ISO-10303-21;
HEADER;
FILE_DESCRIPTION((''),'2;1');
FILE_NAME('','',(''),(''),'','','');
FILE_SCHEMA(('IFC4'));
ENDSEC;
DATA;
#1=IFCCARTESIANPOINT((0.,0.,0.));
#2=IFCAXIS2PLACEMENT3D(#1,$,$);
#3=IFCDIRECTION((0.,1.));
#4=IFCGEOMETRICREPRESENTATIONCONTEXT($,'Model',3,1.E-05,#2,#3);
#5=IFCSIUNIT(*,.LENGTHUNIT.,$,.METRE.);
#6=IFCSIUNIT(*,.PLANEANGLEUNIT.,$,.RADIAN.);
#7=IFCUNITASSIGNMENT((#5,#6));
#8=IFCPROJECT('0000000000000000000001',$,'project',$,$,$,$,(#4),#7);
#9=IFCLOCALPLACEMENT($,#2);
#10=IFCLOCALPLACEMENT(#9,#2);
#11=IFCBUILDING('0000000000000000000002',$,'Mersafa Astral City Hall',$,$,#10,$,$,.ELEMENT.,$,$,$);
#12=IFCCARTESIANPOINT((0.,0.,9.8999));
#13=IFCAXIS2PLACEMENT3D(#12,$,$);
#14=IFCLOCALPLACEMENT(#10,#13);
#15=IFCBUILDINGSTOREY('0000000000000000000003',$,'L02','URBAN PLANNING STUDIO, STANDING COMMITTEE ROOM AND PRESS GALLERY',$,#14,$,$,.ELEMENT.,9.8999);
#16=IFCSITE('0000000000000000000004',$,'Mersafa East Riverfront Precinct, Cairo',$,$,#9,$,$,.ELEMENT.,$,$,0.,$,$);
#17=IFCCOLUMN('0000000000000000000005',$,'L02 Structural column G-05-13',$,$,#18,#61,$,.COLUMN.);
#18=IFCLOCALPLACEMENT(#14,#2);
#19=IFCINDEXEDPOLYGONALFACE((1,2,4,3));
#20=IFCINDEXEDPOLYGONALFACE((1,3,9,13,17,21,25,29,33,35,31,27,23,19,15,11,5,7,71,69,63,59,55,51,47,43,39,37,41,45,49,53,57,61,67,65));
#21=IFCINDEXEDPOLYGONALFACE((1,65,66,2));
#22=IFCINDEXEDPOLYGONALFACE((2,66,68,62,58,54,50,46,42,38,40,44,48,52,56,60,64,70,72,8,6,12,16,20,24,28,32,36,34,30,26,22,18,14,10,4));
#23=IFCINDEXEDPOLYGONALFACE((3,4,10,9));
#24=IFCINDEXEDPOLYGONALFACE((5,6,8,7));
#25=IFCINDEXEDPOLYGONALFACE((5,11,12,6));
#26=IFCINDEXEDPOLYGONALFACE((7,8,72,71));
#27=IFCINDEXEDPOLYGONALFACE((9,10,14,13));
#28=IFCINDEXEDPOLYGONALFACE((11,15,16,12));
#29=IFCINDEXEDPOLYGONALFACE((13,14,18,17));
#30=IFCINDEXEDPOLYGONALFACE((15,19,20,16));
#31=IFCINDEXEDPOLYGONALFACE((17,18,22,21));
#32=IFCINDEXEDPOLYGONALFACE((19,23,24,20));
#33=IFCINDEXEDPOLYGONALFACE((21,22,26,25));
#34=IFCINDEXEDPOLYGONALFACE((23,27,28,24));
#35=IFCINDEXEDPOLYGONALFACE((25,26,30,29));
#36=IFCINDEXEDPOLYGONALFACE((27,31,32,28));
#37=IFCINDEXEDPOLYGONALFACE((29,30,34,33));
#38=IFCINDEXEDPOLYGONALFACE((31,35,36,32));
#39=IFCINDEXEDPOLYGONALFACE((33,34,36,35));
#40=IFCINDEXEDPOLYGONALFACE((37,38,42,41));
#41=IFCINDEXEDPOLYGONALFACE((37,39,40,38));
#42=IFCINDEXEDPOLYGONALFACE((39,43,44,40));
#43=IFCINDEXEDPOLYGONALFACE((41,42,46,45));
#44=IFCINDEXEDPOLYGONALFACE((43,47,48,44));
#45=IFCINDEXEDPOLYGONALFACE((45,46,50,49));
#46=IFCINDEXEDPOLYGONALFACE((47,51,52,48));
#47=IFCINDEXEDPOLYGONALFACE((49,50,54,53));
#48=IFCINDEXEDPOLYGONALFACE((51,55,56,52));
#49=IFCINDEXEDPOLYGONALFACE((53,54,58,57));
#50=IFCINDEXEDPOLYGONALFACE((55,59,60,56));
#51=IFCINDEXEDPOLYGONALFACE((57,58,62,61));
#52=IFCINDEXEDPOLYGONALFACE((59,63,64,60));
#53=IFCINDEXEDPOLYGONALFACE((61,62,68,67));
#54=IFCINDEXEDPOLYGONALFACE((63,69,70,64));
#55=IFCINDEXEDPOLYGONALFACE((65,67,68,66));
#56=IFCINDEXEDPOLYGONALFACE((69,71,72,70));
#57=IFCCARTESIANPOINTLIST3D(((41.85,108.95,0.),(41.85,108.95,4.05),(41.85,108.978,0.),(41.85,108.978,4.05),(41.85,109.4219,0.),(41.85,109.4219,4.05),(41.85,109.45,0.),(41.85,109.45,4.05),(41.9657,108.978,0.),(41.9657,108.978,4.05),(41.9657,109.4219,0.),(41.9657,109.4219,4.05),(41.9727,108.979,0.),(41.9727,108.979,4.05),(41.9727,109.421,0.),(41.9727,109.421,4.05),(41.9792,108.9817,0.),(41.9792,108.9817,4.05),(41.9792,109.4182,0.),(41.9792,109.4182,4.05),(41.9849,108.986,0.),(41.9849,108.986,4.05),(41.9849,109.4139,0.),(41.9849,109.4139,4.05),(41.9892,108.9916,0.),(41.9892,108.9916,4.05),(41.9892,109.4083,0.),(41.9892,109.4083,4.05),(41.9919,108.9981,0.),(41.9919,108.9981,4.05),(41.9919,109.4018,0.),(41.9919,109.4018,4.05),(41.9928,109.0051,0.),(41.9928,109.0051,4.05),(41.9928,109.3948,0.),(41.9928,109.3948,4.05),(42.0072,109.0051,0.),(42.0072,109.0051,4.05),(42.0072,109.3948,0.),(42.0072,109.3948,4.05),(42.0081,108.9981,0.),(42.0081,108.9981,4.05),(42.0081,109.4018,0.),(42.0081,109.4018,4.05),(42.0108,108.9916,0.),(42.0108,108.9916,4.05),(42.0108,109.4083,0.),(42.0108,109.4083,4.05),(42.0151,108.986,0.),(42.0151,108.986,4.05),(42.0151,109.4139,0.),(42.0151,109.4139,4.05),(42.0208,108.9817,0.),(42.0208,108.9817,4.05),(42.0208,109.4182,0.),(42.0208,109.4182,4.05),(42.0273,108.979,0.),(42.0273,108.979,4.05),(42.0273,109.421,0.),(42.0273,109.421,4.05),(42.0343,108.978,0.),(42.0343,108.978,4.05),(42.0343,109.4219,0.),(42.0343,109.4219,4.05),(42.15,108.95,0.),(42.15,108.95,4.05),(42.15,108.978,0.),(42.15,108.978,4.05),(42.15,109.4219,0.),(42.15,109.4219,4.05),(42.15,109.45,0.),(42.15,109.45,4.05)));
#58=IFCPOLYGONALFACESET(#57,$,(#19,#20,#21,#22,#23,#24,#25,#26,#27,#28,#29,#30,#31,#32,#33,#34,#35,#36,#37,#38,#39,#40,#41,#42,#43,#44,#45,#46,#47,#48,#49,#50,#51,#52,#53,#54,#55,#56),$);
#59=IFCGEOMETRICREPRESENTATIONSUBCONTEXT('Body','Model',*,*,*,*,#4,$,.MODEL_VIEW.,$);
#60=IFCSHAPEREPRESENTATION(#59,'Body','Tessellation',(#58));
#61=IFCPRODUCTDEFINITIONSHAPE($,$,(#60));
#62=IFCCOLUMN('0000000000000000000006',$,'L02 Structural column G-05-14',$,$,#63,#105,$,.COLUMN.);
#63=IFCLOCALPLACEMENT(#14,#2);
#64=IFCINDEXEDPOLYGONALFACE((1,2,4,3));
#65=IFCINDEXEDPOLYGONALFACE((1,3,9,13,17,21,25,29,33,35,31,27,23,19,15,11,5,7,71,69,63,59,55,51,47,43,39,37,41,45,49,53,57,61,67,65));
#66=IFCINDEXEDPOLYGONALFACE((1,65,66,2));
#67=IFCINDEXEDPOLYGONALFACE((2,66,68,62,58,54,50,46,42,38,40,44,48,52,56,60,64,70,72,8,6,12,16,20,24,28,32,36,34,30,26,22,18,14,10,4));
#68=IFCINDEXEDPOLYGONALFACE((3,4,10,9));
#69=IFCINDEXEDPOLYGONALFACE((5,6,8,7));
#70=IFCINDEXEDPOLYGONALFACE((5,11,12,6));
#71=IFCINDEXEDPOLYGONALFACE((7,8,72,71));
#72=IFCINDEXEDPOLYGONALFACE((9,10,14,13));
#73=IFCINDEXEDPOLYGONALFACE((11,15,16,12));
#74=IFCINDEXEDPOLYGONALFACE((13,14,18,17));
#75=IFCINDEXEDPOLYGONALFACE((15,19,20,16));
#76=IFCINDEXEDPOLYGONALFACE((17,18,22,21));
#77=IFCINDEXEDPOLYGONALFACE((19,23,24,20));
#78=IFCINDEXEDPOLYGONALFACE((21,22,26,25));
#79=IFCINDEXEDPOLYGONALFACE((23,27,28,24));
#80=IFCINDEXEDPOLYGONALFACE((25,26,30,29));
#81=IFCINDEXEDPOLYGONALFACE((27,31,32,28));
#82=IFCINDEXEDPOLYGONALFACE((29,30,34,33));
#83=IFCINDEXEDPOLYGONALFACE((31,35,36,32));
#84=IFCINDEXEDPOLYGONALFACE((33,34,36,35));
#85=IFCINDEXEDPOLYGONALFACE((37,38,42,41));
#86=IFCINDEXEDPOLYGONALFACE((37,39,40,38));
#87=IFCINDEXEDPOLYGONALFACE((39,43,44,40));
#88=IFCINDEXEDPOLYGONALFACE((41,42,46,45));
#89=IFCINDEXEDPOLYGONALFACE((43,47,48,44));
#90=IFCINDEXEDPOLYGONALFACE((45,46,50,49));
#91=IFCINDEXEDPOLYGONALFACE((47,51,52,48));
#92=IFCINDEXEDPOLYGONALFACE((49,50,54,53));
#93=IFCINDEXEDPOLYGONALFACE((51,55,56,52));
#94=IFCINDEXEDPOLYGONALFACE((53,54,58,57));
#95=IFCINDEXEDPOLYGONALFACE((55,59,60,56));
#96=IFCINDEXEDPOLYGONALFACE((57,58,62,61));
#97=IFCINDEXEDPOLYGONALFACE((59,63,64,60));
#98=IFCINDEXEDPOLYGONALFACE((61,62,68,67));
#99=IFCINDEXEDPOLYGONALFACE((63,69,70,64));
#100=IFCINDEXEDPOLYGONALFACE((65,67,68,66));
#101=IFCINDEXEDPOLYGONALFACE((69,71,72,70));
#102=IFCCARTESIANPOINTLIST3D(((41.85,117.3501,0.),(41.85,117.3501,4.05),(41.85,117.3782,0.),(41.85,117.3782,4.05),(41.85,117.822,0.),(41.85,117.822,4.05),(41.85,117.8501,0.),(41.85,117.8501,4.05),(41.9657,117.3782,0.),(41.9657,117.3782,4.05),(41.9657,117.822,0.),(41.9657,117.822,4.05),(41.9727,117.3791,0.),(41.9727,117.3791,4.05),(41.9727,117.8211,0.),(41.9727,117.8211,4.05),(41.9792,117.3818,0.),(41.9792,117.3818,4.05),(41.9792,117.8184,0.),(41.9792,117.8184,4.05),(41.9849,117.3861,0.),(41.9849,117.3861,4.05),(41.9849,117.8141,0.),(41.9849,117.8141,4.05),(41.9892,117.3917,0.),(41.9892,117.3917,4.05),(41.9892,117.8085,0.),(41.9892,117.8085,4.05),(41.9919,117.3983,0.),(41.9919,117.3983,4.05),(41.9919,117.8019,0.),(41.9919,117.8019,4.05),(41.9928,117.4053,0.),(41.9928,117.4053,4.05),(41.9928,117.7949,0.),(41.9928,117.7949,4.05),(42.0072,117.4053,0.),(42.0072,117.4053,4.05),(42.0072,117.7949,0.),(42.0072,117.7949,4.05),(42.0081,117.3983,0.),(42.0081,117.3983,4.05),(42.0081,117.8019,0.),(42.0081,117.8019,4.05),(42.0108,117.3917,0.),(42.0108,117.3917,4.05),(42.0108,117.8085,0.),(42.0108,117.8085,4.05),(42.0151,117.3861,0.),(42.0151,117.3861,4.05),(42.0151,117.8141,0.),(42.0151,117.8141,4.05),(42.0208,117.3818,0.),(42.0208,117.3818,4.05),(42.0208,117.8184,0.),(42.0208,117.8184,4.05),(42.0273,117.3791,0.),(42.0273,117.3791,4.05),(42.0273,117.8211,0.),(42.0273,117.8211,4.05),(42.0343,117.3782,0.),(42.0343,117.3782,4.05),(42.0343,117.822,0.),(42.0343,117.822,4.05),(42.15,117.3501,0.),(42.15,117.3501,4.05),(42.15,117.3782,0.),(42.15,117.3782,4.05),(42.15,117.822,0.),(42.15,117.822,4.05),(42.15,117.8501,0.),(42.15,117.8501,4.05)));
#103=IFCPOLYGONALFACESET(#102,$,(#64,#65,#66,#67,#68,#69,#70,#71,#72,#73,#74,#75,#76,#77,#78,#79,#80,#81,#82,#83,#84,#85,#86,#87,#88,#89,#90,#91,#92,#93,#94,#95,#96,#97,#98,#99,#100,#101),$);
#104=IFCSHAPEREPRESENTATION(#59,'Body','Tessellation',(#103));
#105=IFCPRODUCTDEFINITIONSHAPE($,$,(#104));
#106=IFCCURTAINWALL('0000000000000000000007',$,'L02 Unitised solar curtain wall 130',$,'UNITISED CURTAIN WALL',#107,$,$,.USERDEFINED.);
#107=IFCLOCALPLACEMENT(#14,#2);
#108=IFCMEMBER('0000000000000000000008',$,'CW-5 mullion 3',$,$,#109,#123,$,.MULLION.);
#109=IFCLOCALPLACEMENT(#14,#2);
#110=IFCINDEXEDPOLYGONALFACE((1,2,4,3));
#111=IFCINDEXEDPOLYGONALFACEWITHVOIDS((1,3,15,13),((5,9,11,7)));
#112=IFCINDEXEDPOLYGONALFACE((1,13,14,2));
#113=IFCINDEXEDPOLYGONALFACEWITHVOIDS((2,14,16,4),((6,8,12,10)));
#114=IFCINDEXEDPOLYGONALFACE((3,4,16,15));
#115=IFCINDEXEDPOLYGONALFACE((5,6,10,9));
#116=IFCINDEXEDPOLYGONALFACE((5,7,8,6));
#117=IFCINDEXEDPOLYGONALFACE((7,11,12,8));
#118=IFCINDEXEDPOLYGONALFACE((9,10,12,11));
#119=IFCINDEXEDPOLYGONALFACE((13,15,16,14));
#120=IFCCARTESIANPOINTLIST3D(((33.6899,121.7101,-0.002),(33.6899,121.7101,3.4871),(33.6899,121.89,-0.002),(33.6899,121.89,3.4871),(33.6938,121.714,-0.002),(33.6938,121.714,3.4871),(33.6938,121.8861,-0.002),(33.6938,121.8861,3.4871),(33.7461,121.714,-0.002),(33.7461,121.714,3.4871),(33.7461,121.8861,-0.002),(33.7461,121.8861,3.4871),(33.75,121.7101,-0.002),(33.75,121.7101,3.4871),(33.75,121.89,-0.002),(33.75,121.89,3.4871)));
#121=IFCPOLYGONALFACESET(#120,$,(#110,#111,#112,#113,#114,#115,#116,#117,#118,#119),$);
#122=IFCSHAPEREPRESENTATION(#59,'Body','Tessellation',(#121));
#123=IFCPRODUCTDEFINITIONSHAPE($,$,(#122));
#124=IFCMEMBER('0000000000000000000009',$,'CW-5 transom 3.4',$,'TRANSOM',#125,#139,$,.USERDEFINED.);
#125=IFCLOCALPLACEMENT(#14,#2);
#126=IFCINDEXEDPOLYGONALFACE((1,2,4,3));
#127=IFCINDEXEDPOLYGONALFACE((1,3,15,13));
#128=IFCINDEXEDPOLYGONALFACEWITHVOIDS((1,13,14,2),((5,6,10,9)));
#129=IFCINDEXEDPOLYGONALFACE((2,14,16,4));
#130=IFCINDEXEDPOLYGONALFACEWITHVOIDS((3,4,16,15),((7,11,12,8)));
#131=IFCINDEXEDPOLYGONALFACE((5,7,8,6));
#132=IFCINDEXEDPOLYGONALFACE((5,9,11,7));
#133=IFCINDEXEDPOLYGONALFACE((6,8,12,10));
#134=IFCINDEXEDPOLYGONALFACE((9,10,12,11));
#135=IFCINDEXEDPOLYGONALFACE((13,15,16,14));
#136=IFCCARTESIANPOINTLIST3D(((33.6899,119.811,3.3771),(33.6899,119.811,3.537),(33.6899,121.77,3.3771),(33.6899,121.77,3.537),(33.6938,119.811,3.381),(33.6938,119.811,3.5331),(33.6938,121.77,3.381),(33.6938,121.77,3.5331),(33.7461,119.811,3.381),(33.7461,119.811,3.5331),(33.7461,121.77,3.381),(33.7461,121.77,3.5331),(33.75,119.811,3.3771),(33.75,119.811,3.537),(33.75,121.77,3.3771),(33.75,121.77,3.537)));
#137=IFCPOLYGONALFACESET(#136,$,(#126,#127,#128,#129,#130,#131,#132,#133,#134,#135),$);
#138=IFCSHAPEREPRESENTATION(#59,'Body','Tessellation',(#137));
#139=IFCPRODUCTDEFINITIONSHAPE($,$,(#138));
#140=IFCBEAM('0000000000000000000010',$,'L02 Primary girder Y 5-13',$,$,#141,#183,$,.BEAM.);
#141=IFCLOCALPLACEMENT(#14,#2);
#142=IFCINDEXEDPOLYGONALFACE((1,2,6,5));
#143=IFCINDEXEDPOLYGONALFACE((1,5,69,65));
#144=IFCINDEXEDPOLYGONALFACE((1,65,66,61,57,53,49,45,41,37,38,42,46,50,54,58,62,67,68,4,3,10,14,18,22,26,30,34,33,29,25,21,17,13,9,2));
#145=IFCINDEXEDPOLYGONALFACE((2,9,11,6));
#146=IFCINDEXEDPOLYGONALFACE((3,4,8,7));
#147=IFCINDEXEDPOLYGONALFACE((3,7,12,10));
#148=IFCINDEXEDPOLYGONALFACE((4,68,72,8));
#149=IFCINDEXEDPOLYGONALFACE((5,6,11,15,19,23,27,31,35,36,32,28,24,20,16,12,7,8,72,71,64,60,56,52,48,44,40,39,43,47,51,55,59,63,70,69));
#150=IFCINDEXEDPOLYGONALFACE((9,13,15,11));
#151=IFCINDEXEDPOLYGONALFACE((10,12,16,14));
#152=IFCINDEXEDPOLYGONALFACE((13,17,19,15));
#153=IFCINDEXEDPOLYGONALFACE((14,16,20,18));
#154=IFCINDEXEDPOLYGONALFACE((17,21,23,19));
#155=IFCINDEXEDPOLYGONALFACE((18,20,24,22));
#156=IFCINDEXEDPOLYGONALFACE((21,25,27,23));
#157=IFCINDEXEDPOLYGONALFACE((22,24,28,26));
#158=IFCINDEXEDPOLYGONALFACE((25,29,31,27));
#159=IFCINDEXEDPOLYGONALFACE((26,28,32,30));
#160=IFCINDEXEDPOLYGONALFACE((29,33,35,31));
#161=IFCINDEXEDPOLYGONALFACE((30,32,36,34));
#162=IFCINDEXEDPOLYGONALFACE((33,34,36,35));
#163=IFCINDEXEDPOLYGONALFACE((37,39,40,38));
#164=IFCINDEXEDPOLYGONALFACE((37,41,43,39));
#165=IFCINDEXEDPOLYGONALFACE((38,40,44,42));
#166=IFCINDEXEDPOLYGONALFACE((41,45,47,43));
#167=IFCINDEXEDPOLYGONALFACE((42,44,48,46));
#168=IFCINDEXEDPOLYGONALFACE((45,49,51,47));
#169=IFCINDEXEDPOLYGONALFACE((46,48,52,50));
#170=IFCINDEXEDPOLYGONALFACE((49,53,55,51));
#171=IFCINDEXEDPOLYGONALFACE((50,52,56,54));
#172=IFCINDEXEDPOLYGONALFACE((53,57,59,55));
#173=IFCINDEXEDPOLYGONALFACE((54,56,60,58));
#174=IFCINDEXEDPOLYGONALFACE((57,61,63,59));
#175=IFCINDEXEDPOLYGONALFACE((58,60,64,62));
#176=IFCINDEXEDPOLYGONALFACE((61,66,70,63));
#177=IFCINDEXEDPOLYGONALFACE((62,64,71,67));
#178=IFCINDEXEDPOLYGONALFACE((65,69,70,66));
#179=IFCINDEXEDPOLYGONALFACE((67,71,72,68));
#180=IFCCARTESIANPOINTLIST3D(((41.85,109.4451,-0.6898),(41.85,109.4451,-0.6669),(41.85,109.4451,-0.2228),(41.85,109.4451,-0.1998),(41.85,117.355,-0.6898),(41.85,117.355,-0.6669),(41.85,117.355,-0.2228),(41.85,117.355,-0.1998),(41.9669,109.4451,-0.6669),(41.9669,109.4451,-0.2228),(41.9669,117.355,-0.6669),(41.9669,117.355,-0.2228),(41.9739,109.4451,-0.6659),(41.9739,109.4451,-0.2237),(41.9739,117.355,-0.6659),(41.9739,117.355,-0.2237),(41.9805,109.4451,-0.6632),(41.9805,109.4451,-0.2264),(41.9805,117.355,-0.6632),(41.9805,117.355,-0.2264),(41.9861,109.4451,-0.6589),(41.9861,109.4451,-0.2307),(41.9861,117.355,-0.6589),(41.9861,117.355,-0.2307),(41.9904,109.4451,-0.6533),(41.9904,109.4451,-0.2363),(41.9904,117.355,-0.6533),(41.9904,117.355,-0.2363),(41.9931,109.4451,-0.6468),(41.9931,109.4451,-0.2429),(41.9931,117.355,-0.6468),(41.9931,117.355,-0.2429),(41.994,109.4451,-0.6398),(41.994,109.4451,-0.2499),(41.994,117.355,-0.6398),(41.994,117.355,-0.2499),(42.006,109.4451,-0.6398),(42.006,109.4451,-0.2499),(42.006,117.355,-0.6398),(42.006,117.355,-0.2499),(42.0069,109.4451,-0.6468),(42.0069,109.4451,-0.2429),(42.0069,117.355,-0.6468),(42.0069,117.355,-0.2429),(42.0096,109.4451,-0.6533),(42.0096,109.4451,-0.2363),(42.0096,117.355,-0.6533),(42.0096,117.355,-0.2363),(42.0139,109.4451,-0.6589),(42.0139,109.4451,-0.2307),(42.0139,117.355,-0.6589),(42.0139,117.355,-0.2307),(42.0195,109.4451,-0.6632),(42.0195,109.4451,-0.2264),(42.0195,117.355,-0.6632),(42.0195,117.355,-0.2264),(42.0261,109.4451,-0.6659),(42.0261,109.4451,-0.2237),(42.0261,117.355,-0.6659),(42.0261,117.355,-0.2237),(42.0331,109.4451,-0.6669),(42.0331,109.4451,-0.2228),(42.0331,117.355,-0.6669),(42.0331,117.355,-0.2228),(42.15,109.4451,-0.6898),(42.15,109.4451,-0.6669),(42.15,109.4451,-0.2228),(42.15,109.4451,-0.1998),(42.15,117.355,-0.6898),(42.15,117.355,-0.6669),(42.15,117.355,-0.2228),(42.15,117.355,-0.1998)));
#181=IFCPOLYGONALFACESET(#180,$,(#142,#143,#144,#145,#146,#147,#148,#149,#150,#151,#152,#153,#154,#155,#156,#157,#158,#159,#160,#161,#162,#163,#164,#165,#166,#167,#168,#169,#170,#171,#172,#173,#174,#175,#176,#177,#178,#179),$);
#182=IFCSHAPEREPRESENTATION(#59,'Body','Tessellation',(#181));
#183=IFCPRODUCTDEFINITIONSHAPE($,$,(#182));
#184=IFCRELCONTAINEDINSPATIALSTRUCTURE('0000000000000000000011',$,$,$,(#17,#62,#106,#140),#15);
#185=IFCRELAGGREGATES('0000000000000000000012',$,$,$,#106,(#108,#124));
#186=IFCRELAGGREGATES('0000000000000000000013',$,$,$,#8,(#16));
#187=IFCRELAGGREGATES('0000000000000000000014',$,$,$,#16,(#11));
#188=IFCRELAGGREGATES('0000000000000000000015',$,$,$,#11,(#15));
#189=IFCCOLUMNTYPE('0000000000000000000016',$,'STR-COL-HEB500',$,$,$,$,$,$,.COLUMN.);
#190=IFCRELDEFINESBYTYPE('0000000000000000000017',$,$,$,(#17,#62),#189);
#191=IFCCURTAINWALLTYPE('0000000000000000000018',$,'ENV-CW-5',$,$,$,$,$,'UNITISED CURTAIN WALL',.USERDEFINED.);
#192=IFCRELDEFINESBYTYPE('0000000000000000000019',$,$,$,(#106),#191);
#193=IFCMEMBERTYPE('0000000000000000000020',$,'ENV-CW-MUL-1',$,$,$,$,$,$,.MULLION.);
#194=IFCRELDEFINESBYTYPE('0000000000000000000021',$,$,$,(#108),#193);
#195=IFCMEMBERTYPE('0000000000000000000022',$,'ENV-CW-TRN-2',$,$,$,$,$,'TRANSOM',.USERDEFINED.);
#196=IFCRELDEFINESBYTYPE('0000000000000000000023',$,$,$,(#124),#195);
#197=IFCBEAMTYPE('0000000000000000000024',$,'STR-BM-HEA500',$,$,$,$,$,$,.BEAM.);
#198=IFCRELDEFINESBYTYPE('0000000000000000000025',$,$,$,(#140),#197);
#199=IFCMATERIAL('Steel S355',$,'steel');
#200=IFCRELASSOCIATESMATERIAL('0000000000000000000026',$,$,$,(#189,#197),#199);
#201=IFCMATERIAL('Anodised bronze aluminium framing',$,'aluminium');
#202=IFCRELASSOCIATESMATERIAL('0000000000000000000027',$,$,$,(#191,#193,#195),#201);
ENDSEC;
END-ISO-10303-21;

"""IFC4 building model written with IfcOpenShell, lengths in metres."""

from ifc_helpers import new_model, si_unit, direction, frame, origin, origin_2d, place, context, subcontext, project, spatial, hollow_rectangle, i_section, extrude, material, material_profile, profile_set, type_object, element, aggregate, save


model = new_model("IFC4")

# Units and contexts
model_context = context("Model", 3, precision=1e-05, world=origin(), true_north=direction((0.0, 1.0)))
body_context = subcontext(model_context, "Body", "Model", "MODEL_VIEW")
ifc_project = project(units=[si_unit("LENGTHUNIT", "METRE"), si_unit("PLANEANGLEUNIT", "RADIAN")], contexts=[model_context])

# Site, building, storey
site_placement = place(None, origin())
site = spatial("IfcSite", under=ifc_project, at=site_placement, Name="Mersafa East Riverfront Precinct, Cairo", CompositionType="ELEMENT", RefElevation=0.0)
building_placement = place(site_placement, origin())
building = spatial("IfcBuilding", under=site, at=building_placement, Name="Mersafa Astral City Hall", CompositionType="ELEMENT")
storey_placement = place(building_placement, frame((0.0, 0.0, 9.8999)))
storey = spatial("IfcBuildingStorey", under=building, at=storey_placement, Name="L02", Description="URBAN PLANNING STUDIO, STANDING COMMITTEE ROOM AND PRESS GALLERY", CompositionType="ELEMENT", Elevation=9.8999)

# Columns
ifc_material_1 = material(Name="Steel S355", Category="steel")
ifc_material_profile_1 = material_profile(ifc_material_1, i_section(OverallWidth=0.3, OverallDepth=0.5, WebThickness=0.0144, FlangeThickness=0.0281, FilletRadius=0.0271, at=origin_2d()), Name="HEB 500")
ifc_profile_set_1 = profile_set([ifc_material_profile_1], Name="Steel S355")
column_type = type_object("IfcColumnType", Name="STR-COL-HEB500", PredefinedType="COLUMN", material=ifc_profile_set_1)
for number, where, z_axis, x_axis, name in (
    (1, (42.0, 109.2, 0.0), (0.0, 0.0, 1.0), (1.0, 0.0, 0.0), "L02 Structural column G-05-13"),
    (2, (42.0, 117.6001, 0.0), (0.0, 0.0, 1.0), (1.0, 0.0, 0.0), "L02 Structural column G-05-14"),
):
    element("IfcColumn", number, at=place(storey_placement, frame(where, z_axis=z_axis, x_axis=x_axis)), inside=storey, type_object=column_type, Name=name, PredefinedType="COLUMN", context=body_context, shape_type="SweptSolid", body=[
        extrude(i_section(OverallWidth=0.3, OverallDepth=0.5, WebThickness=0.0144, FlangeThickness=0.0281, FilletRadius=0.0271, at=origin_2d()), origin(), (0.0, 0.0, 1.0), 4.05),
    ])

# Curtain wall, members
ifc_material_2 = material(Name="Anodised bronze aluminium framing", Category="aluminium")
curtain_wall_type = type_object("IfcCurtainWallType", Name="ENV-CW-5", ElementType="UNITISED CURTAIN WALL", PredefinedType="USERDEFINED", material=ifc_material_2)
curtain_wall_placement = place(storey_placement, origin())
curtain_wall = element("IfcCurtainWall", 3, at=curtain_wall_placement, inside=storey, type_object=curtain_wall_type, Name="L02 Unitised solar curtain wall 130", ObjectType="UNITISED CURTAIN WALL", PredefinedType="USERDEFINED")
ifc_material_profile_2 = material_profile(ifc_material_2, hollow_rectangle(XDim=0.0601, YDim=0.1799, WallThickness=0.0039, at=origin_2d()), Name="RHS 60x180x4")
ifc_profile_set_2 = profile_set([ifc_material_profile_2], Name="Anodised bronze aluminium framing")
member_type_1 = type_object("IfcMemberType", Name="ENV-CW-MUL-1", PredefinedType="MULLION", material=ifc_profile_set_2)
member_1_placement = place(storey_placement, frame((33.72, 121.8, -0.002), z_axis=(0.0, 0.0, 1.0), x_axis=(1.0, 0.0, 0.0)))
member_1 = element("IfcMember", 4, at=member_1_placement, type_object=member_type_1, Name="CW-5 mullion 3", PredefinedType="MULLION", context=body_context, shape_type="SweptSolid", body=[
    extrude(hollow_rectangle(XDim=0.0601, YDim=0.1799, WallThickness=0.0039, at=origin_2d()), origin(), (0.0, 0.0, 1.0), 3.489),
])
ifc_material_profile_3 = material_profile(ifc_material_2, hollow_rectangle(XDim=0.0601, YDim=0.1599, WallThickness=0.0039, at=origin_2d()), Name="RHS 60x160x4")
ifc_profile_set_3 = profile_set([ifc_material_profile_3], Name="Anodised bronze aluminium framing")
member_type_2 = type_object("IfcMemberType", Name="ENV-CW-TRN-2", ElementType="TRANSOM", PredefinedType="USERDEFINED", material=ifc_profile_set_3)
member_2_placement = place(storey_placement, frame((33.72, 121.77, 3.457), z_axis=(0.0, -1.0, 0.0), x_axis=(1.0, 0.0, 0.0)))
member_2 = element("IfcMember", 5, at=member_2_placement, type_object=member_type_2, Name="CW-5 transom 3.4", ObjectType="TRANSOM", PredefinedType="USERDEFINED", context=body_context, shape_type="SweptSolid", body=[
    extrude(hollow_rectangle(XDim=0.0601, YDim=0.1599, WallThickness=0.0039, at=origin_2d()), origin(), (0.0, 0.0, 1.0), 1.959),
])
aggregate(curtain_wall, [member_1, member_2])

# Beam
ifc_material_profile_4 = material_profile(ifc_material_1, i_section(OverallWidth=0.3, OverallDepth=0.49, WebThickness=0.012, FlangeThickness=0.0229, FilletRadius=0.0271, at=origin_2d()), Name="HEA 500")
ifc_profile_set_4 = profile_set([ifc_material_profile_4], Name="Steel S355")
beam_type_1 = type_object("IfcBeamType", Name="STR-BM-HEA500", PredefinedType="BEAM", material=ifc_profile_set_4)
beam_1_placement = place(storey_placement, frame((42.0, 109.4451, -0.4448), z_axis=(0.0, 1.0, 0.0), x_axis=(-1.0, 0.0, 0.0)))
element("IfcBeam", 6, at=beam_1_placement, inside=storey, type_object=beam_type_1, Name="L02 Primary girder Y 5-13", PredefinedType="BEAM", context=body_context, shape_type="SweptSolid", body=[
    extrude(i_section(OverallWidth=0.3, OverallDepth=0.49, WebThickness=0.012, FlangeThickness=0.0229, FilletRadius=0.0271, at=origin_2d()), origin(), (0.0, 0.0, 1.0), 7.9099),
])

save(model, "model.ifc")
